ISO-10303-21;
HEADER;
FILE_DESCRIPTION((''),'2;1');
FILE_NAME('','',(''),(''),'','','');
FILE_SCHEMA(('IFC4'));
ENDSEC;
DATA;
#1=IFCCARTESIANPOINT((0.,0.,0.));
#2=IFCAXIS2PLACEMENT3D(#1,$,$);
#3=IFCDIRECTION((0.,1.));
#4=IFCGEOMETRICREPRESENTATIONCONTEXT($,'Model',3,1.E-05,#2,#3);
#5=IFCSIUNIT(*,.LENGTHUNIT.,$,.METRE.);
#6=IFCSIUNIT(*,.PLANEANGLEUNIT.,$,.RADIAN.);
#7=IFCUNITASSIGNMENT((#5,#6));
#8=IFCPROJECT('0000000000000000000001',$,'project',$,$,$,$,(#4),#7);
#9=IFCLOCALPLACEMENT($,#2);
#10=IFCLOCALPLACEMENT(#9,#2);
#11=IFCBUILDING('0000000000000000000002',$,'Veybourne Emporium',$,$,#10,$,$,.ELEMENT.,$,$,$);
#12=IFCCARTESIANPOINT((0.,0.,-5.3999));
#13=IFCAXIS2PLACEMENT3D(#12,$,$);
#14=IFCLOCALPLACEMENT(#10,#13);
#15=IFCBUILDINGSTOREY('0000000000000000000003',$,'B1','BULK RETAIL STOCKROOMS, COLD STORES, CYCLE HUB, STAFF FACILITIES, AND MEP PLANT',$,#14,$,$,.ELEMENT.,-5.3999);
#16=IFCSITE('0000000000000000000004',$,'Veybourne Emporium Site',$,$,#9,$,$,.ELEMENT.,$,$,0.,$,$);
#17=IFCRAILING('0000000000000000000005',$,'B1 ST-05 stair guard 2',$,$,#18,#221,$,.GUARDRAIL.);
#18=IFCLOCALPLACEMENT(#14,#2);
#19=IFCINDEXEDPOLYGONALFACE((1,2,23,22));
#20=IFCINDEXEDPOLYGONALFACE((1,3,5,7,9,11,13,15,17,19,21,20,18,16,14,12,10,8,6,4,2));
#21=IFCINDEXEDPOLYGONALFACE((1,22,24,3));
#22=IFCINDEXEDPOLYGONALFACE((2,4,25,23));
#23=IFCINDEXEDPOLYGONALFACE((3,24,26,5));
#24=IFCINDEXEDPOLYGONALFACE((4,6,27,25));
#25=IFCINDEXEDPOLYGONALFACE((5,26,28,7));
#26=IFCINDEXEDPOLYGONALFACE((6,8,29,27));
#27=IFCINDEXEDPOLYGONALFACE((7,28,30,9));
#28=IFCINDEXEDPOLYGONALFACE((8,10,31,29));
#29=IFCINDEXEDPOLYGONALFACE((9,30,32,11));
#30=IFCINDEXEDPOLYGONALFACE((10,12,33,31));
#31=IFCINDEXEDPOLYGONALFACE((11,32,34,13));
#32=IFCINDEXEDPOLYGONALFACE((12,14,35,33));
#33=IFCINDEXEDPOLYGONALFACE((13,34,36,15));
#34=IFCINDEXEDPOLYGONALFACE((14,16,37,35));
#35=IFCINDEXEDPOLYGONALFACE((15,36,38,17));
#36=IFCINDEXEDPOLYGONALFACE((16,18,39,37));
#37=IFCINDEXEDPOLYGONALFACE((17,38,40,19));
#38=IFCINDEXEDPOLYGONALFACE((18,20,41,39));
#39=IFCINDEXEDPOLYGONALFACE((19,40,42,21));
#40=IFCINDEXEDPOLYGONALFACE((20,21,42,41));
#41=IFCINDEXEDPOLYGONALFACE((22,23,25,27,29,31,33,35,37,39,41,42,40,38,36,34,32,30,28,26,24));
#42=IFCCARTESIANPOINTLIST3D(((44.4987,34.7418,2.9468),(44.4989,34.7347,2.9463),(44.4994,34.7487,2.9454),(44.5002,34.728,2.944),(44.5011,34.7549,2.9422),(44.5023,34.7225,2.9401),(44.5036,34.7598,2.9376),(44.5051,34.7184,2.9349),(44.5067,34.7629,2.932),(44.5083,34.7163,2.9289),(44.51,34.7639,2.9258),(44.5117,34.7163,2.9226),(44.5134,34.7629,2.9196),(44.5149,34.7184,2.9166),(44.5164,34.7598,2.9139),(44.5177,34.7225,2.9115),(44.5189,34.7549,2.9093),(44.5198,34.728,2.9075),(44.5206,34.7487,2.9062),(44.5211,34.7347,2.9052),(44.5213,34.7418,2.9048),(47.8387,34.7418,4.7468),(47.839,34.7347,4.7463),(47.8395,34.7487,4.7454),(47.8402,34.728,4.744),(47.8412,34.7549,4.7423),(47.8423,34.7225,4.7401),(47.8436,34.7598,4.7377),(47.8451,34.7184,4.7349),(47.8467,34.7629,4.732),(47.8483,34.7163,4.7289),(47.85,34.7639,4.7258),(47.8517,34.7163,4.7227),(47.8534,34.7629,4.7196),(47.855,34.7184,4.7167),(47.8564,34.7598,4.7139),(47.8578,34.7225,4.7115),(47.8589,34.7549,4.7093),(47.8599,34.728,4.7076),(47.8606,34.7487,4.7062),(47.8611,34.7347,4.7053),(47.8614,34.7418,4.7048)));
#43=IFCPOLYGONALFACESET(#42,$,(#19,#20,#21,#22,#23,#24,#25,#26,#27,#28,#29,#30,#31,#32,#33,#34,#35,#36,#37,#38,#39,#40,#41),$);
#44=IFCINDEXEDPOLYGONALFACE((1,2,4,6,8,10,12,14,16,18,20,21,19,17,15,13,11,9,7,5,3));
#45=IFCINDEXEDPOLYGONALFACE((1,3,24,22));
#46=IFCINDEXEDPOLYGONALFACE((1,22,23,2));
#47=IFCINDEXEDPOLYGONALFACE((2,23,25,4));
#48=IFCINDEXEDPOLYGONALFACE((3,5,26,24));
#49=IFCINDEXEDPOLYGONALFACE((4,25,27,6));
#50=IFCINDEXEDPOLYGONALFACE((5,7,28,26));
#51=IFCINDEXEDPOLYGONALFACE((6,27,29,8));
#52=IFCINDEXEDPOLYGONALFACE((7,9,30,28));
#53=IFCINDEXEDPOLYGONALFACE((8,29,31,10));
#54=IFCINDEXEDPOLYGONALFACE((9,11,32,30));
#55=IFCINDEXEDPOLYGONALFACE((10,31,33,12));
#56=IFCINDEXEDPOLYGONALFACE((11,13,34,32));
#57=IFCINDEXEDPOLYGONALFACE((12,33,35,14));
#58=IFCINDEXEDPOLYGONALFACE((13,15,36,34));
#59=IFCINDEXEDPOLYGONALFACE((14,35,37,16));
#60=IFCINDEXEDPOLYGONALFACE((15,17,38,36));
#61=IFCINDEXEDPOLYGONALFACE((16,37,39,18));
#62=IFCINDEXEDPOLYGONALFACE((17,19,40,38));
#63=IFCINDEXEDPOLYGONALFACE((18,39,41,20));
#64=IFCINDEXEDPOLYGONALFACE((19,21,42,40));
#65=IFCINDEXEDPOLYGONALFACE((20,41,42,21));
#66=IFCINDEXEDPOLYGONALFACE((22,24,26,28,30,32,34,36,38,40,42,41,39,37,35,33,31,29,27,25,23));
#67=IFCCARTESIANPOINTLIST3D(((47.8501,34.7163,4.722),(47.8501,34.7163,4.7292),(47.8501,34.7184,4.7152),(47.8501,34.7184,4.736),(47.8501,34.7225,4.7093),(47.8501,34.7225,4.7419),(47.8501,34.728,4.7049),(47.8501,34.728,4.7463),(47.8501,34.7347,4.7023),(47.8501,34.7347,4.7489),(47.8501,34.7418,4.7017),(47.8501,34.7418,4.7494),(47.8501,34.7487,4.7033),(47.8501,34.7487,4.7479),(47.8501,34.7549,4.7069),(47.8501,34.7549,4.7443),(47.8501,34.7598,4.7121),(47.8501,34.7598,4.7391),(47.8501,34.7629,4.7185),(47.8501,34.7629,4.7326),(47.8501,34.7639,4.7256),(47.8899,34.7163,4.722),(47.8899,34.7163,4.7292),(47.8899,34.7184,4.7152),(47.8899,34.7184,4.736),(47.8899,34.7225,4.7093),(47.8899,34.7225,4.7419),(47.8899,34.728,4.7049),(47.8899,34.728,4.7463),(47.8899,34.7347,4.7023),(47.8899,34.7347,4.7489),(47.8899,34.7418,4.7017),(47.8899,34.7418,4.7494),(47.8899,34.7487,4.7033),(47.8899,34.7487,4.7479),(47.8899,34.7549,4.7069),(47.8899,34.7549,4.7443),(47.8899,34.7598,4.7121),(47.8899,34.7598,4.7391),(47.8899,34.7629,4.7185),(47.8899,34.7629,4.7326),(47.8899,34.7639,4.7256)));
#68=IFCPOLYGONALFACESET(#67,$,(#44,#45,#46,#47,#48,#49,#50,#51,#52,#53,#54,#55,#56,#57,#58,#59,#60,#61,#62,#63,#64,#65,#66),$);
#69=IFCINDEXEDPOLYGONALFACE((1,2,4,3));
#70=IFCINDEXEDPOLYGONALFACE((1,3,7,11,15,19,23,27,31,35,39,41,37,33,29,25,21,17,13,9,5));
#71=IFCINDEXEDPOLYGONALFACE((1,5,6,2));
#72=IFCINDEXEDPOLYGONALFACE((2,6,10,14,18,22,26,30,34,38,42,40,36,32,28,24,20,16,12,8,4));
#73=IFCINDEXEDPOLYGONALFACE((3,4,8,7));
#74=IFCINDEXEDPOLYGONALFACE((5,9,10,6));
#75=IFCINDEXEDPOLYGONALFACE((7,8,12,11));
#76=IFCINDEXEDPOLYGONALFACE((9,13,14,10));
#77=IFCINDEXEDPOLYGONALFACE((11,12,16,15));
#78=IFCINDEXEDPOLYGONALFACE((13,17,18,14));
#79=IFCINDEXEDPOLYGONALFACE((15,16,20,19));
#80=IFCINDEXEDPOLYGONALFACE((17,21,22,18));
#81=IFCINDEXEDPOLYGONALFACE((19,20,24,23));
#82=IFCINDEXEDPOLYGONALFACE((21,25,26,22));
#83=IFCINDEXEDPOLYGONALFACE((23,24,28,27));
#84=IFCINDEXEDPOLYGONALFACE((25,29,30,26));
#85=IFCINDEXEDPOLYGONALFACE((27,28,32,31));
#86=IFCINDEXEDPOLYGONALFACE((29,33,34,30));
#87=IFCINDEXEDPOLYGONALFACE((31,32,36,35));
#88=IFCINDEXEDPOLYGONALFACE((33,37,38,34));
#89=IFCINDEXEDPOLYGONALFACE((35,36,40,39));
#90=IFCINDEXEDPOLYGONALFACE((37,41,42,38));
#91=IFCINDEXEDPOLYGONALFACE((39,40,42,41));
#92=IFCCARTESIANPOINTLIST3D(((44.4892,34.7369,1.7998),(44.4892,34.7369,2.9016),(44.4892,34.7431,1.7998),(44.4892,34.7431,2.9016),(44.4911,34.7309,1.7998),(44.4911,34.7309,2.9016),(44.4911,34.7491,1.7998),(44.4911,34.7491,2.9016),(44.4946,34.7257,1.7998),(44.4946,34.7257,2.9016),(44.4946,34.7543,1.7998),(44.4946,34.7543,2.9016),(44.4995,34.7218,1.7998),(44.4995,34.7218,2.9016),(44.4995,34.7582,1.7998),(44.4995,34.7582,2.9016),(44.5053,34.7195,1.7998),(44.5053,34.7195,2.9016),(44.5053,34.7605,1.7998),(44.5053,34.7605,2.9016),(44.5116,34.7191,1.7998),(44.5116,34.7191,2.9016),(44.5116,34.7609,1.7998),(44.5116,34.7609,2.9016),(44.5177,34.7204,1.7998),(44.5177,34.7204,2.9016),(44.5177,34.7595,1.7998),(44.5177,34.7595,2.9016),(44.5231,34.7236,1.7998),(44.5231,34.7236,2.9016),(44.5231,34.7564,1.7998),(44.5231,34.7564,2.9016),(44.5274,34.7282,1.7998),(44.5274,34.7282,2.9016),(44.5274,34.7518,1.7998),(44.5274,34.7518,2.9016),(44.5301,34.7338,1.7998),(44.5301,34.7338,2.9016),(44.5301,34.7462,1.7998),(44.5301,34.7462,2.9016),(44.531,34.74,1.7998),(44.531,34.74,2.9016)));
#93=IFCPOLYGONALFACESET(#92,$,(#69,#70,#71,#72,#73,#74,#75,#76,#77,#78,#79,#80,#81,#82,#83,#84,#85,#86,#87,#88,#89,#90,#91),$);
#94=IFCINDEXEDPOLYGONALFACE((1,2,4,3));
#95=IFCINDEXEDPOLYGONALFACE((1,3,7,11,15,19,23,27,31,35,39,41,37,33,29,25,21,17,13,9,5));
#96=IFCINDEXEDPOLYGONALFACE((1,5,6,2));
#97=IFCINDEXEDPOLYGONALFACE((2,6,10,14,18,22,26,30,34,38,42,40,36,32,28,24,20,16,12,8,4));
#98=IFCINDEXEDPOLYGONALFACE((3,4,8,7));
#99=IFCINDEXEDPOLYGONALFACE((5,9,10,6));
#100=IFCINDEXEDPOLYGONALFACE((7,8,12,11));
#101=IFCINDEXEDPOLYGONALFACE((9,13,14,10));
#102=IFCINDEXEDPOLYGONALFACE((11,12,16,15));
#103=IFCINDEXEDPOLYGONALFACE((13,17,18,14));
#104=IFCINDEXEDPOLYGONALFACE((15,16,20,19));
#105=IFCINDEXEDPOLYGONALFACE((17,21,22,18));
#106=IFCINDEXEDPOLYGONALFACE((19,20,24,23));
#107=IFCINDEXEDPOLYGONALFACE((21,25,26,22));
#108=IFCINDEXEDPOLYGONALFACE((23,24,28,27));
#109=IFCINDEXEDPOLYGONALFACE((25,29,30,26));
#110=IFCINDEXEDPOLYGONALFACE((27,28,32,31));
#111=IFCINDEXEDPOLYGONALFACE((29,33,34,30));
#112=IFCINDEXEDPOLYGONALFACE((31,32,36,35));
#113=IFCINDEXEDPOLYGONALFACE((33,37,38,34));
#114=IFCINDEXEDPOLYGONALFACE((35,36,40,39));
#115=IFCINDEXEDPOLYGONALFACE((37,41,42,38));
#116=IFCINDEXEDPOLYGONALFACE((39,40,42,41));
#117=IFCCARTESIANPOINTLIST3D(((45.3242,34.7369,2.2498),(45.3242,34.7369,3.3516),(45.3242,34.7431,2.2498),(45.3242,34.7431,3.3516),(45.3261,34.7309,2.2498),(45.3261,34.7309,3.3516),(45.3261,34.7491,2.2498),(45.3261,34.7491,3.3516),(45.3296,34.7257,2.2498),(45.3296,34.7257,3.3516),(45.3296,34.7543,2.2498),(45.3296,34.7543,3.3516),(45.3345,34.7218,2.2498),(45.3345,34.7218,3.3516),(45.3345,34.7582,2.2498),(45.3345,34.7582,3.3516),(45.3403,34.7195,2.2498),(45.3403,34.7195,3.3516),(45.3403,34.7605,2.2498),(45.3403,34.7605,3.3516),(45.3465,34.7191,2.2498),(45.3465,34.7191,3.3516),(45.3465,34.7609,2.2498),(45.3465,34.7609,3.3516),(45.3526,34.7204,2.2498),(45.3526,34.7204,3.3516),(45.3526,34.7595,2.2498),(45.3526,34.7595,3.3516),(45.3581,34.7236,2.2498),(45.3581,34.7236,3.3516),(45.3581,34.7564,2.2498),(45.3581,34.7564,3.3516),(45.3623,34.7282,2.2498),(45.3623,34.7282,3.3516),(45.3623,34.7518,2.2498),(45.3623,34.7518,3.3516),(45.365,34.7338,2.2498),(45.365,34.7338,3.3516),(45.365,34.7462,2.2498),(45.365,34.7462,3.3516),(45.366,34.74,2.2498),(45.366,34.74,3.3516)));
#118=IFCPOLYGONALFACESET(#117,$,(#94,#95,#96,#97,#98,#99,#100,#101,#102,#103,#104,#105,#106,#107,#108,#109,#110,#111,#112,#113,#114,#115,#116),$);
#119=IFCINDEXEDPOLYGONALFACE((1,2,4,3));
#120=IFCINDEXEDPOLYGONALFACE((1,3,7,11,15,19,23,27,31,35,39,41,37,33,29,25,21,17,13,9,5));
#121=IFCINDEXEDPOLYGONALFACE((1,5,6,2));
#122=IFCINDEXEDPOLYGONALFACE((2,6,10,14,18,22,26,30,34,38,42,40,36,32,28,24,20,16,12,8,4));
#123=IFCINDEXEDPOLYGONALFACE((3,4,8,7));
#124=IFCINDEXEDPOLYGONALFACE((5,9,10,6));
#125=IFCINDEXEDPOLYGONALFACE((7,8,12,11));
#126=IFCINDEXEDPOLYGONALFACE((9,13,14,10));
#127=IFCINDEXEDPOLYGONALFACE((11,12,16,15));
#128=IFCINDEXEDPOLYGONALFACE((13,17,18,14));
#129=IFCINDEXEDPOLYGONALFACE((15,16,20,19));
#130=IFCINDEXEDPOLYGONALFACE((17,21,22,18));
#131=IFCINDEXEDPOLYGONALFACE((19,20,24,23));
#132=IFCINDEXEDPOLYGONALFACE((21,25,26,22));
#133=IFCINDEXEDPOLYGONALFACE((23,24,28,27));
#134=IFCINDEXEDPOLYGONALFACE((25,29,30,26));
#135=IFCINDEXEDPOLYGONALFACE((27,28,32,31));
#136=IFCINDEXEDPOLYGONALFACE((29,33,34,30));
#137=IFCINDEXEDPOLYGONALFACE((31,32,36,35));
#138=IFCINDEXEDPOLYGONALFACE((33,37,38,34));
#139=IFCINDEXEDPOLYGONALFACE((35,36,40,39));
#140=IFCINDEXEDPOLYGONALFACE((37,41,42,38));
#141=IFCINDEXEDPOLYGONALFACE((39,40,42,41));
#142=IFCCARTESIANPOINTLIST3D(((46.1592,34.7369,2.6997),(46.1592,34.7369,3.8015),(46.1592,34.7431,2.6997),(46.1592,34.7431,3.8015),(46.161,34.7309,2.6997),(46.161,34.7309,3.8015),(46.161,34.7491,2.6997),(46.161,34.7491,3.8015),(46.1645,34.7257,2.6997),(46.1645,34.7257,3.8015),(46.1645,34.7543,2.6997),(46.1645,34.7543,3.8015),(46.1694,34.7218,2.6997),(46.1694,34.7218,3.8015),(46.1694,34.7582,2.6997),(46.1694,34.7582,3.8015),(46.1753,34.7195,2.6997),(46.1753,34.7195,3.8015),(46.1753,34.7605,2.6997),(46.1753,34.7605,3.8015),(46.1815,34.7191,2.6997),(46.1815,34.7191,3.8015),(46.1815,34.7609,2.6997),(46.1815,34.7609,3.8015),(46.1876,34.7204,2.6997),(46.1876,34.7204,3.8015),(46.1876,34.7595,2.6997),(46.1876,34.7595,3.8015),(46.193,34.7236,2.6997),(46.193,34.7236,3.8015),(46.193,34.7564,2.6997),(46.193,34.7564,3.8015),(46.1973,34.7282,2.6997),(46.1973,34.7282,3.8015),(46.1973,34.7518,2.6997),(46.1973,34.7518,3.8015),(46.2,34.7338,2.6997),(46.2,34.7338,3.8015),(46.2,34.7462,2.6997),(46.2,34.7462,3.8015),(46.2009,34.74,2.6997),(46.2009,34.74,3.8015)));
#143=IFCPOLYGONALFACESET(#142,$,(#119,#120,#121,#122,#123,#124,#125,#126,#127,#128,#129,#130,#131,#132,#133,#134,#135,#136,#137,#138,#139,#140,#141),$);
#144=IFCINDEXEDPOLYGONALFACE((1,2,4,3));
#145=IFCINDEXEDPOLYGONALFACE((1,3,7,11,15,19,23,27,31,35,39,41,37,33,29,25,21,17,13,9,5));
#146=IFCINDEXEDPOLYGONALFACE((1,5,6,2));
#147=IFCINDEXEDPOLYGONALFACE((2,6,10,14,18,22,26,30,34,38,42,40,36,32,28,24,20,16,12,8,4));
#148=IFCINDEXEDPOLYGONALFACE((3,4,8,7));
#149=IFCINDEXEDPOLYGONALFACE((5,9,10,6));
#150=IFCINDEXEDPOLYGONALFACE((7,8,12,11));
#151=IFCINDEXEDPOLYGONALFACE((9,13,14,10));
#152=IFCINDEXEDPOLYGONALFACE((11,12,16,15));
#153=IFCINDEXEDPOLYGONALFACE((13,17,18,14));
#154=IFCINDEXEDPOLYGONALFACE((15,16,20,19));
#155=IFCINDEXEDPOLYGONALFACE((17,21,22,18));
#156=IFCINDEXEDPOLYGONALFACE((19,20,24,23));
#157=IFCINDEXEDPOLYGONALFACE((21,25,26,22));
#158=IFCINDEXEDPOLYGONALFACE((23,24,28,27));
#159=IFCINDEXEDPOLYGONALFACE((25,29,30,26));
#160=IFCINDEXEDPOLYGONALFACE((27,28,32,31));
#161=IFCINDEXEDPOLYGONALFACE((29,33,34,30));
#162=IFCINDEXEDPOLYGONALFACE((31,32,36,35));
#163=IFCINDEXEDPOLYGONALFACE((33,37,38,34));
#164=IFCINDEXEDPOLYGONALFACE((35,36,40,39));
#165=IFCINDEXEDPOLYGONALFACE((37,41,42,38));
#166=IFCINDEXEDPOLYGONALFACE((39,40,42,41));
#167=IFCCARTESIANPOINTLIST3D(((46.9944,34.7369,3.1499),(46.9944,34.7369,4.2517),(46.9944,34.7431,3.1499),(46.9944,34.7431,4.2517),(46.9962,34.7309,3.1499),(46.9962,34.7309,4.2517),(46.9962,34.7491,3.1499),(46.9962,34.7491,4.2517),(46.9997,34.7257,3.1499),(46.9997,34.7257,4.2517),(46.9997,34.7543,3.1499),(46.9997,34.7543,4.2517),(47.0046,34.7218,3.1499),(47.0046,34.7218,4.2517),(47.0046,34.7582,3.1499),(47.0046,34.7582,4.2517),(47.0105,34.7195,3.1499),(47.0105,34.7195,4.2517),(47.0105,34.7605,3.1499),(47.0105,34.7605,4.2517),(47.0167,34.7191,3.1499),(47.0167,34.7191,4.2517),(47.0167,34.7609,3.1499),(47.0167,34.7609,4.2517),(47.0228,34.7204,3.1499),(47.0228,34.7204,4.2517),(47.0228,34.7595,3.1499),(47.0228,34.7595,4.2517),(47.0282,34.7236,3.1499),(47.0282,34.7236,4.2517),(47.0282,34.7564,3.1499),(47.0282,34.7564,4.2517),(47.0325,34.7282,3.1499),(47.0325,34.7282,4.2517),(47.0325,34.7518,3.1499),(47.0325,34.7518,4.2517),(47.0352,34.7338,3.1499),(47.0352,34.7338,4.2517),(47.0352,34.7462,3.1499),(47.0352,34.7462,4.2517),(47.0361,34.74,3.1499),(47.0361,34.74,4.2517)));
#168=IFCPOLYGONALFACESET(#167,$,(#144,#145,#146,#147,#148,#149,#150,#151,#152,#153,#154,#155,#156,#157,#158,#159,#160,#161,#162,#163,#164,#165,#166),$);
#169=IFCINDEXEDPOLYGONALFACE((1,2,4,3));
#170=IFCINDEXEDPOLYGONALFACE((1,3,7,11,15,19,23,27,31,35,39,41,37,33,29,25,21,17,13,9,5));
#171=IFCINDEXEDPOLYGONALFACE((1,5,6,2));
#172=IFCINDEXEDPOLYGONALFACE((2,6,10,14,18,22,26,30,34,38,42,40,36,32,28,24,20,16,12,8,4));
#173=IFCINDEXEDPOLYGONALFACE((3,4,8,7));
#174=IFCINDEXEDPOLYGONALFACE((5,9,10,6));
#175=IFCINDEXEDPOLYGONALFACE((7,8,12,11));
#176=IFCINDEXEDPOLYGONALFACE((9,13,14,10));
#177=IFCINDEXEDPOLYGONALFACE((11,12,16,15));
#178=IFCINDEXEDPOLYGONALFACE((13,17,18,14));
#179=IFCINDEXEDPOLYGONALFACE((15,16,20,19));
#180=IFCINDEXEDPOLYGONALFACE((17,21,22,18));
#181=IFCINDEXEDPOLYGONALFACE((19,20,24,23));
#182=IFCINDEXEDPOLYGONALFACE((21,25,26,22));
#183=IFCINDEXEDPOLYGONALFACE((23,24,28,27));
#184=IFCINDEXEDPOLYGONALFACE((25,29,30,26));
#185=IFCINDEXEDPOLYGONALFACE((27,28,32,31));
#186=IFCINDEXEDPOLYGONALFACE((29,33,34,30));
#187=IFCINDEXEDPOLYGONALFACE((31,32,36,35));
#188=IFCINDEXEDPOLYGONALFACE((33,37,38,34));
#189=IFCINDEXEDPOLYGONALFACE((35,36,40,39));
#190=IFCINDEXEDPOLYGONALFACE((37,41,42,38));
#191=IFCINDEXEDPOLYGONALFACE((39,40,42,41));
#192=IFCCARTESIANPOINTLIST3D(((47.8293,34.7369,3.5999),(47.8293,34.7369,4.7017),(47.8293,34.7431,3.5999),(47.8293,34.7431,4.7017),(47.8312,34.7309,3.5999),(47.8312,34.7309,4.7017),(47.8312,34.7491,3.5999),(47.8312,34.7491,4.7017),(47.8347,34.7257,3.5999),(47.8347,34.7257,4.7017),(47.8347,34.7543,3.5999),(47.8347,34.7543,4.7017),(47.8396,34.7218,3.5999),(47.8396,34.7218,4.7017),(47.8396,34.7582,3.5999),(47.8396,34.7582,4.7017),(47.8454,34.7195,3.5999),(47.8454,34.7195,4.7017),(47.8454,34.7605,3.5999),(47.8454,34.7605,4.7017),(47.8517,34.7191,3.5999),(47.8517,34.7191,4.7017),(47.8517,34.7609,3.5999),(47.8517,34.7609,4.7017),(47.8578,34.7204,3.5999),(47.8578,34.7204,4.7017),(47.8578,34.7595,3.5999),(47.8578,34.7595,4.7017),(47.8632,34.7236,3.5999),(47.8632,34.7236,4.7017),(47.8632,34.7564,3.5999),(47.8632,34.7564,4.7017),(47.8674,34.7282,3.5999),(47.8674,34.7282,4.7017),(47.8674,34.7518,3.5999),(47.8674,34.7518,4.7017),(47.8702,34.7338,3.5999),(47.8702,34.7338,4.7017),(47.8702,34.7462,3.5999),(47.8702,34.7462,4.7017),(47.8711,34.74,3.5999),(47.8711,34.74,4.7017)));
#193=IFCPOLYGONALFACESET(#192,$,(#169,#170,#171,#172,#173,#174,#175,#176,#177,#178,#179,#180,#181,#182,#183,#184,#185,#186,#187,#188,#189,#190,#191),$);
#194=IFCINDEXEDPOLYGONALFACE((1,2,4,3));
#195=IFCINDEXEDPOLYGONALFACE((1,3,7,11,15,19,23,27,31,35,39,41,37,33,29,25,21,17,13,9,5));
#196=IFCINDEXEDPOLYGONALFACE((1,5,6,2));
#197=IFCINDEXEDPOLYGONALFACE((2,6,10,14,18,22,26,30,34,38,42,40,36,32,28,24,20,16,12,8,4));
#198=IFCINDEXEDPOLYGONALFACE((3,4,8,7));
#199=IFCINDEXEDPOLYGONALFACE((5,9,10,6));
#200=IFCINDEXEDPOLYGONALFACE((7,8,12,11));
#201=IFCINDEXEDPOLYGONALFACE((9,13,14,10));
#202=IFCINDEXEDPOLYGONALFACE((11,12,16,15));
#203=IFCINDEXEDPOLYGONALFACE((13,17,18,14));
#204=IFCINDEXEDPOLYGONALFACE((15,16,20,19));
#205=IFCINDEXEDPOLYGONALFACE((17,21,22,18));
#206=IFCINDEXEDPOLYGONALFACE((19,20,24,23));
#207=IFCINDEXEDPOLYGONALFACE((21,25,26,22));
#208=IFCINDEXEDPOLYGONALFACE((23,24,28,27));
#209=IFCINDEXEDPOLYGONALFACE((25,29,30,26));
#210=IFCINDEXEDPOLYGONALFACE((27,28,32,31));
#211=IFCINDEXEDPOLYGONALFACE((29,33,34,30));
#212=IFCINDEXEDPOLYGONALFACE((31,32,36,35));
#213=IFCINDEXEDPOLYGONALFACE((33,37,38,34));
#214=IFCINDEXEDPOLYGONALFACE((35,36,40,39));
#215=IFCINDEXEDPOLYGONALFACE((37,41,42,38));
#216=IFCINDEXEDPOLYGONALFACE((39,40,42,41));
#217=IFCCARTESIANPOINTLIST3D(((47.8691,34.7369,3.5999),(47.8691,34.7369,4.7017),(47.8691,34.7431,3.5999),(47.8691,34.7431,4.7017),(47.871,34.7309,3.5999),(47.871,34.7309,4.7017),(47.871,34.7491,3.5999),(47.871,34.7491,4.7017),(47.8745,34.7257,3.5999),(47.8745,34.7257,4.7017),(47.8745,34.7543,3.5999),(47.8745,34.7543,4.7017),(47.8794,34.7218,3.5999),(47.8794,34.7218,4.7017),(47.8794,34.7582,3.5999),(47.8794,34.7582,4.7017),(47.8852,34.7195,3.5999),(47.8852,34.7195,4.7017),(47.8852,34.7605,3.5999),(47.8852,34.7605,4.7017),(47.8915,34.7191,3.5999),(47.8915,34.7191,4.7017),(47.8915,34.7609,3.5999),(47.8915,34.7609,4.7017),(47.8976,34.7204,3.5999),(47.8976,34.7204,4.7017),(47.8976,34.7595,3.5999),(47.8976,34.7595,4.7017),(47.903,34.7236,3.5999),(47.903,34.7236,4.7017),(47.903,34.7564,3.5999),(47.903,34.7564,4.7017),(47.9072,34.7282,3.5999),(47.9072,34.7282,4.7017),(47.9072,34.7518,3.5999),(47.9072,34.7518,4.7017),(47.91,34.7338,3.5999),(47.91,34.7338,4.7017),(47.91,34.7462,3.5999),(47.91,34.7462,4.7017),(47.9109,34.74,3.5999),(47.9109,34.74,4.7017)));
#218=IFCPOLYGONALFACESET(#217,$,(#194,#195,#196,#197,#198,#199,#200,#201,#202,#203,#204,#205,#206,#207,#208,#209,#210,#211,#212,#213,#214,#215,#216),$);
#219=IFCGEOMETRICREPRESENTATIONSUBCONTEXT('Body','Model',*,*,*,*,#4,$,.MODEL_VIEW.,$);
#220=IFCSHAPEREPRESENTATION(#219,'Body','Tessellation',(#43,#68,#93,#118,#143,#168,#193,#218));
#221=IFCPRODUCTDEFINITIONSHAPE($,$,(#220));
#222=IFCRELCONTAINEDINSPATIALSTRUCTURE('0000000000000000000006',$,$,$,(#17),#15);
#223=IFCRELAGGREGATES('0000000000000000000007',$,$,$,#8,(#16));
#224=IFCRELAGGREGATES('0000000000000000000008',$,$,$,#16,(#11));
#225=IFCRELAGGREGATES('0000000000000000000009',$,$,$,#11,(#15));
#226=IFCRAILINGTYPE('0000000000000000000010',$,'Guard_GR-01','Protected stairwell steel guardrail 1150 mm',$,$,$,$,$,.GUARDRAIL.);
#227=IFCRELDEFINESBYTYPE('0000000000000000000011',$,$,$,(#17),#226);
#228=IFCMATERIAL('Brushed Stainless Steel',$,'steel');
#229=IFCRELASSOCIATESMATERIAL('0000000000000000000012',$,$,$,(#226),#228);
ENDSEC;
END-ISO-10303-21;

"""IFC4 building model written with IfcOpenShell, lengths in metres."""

from ifc_helpers import new_model, si_unit, direction, frame, origin, origin_2d, place, context, subcontext, project, spatial, circle, extrude, material, type_object, element, save


model = new_model("IFC4")

# Units and contexts
model_context = context("Model", 3, precision=1e-05, world=origin(), true_north=direction((0.0, 1.0)))
body_context = subcontext(model_context, "Body", "Model", "MODEL_VIEW")
ifc_project = project(units=[si_unit("LENGTHUNIT", "METRE"), si_unit("PLANEANGLEUNIT", "RADIAN")], contexts=[model_context])

# Site, building, storey
site_placement = place(None, origin())
site = spatial("IfcSite", under=ifc_project, at=site_placement, Name="Veybourne Emporium Site", CompositionType="ELEMENT", RefElevation=0.0)
building_placement = place(site_placement, origin())
building = spatial("IfcBuilding", under=site, at=building_placement, Name="Veybourne Emporium", CompositionType="ELEMENT")
storey_placement = place(building_placement, frame((0.0, 0.0, -5.3999)))
storey = spatial("IfcBuildingStorey", under=building, at=storey_placement, Name="B1", Description="BULK RETAIL STOCKROOMS, COLD STORES, CYCLE HUB, STAFF FACILITIES, AND MEP PLANT", CompositionType="ELEMENT", Elevation=-5.3999)

# Railing
ifc_material_1 = material(Name="Brushed Stainless Steel", Category="steel")
railing_type_1 = type_object("IfcRailingType", Name="Guard_GR-01", Description="Protected stairwell steel guardrail 1150 mm", PredefinedType="GUARDRAIL", material=ifc_material_1)
railing_1_placement = place(storey_placement, frame((44.51, 34.74, 1.7998)))
element("IfcRailing", 1, at=railing_1_placement, inside=storey, type_object=railing_type_1, Name="B1 ST-05 stair guard 2", PredefinedType="GUARDRAIL", context=body_context, shape_type="SweptSolid", body=[
    extrude(circle(Radius=0.0239, at=origin_2d()), frame((0.0, 0.0, 1.126), z_axis=(0.880302, 0.0, 0.474414), x_axis=(0.0, 1.0, 0.0)), (0.0, 0.0, 1.0), 3.7942),
    extrude(circle(Radius=0.0239, at=origin_2d()), frame((3.3401, 0.0, 2.9258), z_axis=(1.0, 0.0, 0.0), x_axis=(0.0, 1.0, 0.0)), (0.0, 0.0, 1.0), 0.0398),
    extrude(circle(Radius=0.021, at=origin_2d()), origin(), (0.0, 0.0, 1.0), 1.1018),
    extrude(circle(Radius=0.021, at=origin_2d()), frame((0.835, 0.0, 0.45)), (0.0, 0.0, 1.0), 1.1018),
    extrude(circle(Radius=0.021, at=origin_2d()), frame((1.6699, 0.0, 0.8999)), (0.0, 0.0, 1.0), 1.1018),
    extrude(circle(Radius=0.021, at=origin_2d()), frame((2.5051, 0.0, 1.3501)), (0.0, 0.0, 1.0), 1.1018),
    extrude(circle(Radius=0.021, at=origin_2d()), frame((3.3401, 0.0, 1.8)), (0.0, 0.0, 1.0), 1.1018),
    extrude(circle(Radius=0.021, at=origin_2d()), frame((3.3799, 0.0, 1.8)), (0.0, 0.0, 1.0), 1.1018),
])

save(model, "model.ifc")
